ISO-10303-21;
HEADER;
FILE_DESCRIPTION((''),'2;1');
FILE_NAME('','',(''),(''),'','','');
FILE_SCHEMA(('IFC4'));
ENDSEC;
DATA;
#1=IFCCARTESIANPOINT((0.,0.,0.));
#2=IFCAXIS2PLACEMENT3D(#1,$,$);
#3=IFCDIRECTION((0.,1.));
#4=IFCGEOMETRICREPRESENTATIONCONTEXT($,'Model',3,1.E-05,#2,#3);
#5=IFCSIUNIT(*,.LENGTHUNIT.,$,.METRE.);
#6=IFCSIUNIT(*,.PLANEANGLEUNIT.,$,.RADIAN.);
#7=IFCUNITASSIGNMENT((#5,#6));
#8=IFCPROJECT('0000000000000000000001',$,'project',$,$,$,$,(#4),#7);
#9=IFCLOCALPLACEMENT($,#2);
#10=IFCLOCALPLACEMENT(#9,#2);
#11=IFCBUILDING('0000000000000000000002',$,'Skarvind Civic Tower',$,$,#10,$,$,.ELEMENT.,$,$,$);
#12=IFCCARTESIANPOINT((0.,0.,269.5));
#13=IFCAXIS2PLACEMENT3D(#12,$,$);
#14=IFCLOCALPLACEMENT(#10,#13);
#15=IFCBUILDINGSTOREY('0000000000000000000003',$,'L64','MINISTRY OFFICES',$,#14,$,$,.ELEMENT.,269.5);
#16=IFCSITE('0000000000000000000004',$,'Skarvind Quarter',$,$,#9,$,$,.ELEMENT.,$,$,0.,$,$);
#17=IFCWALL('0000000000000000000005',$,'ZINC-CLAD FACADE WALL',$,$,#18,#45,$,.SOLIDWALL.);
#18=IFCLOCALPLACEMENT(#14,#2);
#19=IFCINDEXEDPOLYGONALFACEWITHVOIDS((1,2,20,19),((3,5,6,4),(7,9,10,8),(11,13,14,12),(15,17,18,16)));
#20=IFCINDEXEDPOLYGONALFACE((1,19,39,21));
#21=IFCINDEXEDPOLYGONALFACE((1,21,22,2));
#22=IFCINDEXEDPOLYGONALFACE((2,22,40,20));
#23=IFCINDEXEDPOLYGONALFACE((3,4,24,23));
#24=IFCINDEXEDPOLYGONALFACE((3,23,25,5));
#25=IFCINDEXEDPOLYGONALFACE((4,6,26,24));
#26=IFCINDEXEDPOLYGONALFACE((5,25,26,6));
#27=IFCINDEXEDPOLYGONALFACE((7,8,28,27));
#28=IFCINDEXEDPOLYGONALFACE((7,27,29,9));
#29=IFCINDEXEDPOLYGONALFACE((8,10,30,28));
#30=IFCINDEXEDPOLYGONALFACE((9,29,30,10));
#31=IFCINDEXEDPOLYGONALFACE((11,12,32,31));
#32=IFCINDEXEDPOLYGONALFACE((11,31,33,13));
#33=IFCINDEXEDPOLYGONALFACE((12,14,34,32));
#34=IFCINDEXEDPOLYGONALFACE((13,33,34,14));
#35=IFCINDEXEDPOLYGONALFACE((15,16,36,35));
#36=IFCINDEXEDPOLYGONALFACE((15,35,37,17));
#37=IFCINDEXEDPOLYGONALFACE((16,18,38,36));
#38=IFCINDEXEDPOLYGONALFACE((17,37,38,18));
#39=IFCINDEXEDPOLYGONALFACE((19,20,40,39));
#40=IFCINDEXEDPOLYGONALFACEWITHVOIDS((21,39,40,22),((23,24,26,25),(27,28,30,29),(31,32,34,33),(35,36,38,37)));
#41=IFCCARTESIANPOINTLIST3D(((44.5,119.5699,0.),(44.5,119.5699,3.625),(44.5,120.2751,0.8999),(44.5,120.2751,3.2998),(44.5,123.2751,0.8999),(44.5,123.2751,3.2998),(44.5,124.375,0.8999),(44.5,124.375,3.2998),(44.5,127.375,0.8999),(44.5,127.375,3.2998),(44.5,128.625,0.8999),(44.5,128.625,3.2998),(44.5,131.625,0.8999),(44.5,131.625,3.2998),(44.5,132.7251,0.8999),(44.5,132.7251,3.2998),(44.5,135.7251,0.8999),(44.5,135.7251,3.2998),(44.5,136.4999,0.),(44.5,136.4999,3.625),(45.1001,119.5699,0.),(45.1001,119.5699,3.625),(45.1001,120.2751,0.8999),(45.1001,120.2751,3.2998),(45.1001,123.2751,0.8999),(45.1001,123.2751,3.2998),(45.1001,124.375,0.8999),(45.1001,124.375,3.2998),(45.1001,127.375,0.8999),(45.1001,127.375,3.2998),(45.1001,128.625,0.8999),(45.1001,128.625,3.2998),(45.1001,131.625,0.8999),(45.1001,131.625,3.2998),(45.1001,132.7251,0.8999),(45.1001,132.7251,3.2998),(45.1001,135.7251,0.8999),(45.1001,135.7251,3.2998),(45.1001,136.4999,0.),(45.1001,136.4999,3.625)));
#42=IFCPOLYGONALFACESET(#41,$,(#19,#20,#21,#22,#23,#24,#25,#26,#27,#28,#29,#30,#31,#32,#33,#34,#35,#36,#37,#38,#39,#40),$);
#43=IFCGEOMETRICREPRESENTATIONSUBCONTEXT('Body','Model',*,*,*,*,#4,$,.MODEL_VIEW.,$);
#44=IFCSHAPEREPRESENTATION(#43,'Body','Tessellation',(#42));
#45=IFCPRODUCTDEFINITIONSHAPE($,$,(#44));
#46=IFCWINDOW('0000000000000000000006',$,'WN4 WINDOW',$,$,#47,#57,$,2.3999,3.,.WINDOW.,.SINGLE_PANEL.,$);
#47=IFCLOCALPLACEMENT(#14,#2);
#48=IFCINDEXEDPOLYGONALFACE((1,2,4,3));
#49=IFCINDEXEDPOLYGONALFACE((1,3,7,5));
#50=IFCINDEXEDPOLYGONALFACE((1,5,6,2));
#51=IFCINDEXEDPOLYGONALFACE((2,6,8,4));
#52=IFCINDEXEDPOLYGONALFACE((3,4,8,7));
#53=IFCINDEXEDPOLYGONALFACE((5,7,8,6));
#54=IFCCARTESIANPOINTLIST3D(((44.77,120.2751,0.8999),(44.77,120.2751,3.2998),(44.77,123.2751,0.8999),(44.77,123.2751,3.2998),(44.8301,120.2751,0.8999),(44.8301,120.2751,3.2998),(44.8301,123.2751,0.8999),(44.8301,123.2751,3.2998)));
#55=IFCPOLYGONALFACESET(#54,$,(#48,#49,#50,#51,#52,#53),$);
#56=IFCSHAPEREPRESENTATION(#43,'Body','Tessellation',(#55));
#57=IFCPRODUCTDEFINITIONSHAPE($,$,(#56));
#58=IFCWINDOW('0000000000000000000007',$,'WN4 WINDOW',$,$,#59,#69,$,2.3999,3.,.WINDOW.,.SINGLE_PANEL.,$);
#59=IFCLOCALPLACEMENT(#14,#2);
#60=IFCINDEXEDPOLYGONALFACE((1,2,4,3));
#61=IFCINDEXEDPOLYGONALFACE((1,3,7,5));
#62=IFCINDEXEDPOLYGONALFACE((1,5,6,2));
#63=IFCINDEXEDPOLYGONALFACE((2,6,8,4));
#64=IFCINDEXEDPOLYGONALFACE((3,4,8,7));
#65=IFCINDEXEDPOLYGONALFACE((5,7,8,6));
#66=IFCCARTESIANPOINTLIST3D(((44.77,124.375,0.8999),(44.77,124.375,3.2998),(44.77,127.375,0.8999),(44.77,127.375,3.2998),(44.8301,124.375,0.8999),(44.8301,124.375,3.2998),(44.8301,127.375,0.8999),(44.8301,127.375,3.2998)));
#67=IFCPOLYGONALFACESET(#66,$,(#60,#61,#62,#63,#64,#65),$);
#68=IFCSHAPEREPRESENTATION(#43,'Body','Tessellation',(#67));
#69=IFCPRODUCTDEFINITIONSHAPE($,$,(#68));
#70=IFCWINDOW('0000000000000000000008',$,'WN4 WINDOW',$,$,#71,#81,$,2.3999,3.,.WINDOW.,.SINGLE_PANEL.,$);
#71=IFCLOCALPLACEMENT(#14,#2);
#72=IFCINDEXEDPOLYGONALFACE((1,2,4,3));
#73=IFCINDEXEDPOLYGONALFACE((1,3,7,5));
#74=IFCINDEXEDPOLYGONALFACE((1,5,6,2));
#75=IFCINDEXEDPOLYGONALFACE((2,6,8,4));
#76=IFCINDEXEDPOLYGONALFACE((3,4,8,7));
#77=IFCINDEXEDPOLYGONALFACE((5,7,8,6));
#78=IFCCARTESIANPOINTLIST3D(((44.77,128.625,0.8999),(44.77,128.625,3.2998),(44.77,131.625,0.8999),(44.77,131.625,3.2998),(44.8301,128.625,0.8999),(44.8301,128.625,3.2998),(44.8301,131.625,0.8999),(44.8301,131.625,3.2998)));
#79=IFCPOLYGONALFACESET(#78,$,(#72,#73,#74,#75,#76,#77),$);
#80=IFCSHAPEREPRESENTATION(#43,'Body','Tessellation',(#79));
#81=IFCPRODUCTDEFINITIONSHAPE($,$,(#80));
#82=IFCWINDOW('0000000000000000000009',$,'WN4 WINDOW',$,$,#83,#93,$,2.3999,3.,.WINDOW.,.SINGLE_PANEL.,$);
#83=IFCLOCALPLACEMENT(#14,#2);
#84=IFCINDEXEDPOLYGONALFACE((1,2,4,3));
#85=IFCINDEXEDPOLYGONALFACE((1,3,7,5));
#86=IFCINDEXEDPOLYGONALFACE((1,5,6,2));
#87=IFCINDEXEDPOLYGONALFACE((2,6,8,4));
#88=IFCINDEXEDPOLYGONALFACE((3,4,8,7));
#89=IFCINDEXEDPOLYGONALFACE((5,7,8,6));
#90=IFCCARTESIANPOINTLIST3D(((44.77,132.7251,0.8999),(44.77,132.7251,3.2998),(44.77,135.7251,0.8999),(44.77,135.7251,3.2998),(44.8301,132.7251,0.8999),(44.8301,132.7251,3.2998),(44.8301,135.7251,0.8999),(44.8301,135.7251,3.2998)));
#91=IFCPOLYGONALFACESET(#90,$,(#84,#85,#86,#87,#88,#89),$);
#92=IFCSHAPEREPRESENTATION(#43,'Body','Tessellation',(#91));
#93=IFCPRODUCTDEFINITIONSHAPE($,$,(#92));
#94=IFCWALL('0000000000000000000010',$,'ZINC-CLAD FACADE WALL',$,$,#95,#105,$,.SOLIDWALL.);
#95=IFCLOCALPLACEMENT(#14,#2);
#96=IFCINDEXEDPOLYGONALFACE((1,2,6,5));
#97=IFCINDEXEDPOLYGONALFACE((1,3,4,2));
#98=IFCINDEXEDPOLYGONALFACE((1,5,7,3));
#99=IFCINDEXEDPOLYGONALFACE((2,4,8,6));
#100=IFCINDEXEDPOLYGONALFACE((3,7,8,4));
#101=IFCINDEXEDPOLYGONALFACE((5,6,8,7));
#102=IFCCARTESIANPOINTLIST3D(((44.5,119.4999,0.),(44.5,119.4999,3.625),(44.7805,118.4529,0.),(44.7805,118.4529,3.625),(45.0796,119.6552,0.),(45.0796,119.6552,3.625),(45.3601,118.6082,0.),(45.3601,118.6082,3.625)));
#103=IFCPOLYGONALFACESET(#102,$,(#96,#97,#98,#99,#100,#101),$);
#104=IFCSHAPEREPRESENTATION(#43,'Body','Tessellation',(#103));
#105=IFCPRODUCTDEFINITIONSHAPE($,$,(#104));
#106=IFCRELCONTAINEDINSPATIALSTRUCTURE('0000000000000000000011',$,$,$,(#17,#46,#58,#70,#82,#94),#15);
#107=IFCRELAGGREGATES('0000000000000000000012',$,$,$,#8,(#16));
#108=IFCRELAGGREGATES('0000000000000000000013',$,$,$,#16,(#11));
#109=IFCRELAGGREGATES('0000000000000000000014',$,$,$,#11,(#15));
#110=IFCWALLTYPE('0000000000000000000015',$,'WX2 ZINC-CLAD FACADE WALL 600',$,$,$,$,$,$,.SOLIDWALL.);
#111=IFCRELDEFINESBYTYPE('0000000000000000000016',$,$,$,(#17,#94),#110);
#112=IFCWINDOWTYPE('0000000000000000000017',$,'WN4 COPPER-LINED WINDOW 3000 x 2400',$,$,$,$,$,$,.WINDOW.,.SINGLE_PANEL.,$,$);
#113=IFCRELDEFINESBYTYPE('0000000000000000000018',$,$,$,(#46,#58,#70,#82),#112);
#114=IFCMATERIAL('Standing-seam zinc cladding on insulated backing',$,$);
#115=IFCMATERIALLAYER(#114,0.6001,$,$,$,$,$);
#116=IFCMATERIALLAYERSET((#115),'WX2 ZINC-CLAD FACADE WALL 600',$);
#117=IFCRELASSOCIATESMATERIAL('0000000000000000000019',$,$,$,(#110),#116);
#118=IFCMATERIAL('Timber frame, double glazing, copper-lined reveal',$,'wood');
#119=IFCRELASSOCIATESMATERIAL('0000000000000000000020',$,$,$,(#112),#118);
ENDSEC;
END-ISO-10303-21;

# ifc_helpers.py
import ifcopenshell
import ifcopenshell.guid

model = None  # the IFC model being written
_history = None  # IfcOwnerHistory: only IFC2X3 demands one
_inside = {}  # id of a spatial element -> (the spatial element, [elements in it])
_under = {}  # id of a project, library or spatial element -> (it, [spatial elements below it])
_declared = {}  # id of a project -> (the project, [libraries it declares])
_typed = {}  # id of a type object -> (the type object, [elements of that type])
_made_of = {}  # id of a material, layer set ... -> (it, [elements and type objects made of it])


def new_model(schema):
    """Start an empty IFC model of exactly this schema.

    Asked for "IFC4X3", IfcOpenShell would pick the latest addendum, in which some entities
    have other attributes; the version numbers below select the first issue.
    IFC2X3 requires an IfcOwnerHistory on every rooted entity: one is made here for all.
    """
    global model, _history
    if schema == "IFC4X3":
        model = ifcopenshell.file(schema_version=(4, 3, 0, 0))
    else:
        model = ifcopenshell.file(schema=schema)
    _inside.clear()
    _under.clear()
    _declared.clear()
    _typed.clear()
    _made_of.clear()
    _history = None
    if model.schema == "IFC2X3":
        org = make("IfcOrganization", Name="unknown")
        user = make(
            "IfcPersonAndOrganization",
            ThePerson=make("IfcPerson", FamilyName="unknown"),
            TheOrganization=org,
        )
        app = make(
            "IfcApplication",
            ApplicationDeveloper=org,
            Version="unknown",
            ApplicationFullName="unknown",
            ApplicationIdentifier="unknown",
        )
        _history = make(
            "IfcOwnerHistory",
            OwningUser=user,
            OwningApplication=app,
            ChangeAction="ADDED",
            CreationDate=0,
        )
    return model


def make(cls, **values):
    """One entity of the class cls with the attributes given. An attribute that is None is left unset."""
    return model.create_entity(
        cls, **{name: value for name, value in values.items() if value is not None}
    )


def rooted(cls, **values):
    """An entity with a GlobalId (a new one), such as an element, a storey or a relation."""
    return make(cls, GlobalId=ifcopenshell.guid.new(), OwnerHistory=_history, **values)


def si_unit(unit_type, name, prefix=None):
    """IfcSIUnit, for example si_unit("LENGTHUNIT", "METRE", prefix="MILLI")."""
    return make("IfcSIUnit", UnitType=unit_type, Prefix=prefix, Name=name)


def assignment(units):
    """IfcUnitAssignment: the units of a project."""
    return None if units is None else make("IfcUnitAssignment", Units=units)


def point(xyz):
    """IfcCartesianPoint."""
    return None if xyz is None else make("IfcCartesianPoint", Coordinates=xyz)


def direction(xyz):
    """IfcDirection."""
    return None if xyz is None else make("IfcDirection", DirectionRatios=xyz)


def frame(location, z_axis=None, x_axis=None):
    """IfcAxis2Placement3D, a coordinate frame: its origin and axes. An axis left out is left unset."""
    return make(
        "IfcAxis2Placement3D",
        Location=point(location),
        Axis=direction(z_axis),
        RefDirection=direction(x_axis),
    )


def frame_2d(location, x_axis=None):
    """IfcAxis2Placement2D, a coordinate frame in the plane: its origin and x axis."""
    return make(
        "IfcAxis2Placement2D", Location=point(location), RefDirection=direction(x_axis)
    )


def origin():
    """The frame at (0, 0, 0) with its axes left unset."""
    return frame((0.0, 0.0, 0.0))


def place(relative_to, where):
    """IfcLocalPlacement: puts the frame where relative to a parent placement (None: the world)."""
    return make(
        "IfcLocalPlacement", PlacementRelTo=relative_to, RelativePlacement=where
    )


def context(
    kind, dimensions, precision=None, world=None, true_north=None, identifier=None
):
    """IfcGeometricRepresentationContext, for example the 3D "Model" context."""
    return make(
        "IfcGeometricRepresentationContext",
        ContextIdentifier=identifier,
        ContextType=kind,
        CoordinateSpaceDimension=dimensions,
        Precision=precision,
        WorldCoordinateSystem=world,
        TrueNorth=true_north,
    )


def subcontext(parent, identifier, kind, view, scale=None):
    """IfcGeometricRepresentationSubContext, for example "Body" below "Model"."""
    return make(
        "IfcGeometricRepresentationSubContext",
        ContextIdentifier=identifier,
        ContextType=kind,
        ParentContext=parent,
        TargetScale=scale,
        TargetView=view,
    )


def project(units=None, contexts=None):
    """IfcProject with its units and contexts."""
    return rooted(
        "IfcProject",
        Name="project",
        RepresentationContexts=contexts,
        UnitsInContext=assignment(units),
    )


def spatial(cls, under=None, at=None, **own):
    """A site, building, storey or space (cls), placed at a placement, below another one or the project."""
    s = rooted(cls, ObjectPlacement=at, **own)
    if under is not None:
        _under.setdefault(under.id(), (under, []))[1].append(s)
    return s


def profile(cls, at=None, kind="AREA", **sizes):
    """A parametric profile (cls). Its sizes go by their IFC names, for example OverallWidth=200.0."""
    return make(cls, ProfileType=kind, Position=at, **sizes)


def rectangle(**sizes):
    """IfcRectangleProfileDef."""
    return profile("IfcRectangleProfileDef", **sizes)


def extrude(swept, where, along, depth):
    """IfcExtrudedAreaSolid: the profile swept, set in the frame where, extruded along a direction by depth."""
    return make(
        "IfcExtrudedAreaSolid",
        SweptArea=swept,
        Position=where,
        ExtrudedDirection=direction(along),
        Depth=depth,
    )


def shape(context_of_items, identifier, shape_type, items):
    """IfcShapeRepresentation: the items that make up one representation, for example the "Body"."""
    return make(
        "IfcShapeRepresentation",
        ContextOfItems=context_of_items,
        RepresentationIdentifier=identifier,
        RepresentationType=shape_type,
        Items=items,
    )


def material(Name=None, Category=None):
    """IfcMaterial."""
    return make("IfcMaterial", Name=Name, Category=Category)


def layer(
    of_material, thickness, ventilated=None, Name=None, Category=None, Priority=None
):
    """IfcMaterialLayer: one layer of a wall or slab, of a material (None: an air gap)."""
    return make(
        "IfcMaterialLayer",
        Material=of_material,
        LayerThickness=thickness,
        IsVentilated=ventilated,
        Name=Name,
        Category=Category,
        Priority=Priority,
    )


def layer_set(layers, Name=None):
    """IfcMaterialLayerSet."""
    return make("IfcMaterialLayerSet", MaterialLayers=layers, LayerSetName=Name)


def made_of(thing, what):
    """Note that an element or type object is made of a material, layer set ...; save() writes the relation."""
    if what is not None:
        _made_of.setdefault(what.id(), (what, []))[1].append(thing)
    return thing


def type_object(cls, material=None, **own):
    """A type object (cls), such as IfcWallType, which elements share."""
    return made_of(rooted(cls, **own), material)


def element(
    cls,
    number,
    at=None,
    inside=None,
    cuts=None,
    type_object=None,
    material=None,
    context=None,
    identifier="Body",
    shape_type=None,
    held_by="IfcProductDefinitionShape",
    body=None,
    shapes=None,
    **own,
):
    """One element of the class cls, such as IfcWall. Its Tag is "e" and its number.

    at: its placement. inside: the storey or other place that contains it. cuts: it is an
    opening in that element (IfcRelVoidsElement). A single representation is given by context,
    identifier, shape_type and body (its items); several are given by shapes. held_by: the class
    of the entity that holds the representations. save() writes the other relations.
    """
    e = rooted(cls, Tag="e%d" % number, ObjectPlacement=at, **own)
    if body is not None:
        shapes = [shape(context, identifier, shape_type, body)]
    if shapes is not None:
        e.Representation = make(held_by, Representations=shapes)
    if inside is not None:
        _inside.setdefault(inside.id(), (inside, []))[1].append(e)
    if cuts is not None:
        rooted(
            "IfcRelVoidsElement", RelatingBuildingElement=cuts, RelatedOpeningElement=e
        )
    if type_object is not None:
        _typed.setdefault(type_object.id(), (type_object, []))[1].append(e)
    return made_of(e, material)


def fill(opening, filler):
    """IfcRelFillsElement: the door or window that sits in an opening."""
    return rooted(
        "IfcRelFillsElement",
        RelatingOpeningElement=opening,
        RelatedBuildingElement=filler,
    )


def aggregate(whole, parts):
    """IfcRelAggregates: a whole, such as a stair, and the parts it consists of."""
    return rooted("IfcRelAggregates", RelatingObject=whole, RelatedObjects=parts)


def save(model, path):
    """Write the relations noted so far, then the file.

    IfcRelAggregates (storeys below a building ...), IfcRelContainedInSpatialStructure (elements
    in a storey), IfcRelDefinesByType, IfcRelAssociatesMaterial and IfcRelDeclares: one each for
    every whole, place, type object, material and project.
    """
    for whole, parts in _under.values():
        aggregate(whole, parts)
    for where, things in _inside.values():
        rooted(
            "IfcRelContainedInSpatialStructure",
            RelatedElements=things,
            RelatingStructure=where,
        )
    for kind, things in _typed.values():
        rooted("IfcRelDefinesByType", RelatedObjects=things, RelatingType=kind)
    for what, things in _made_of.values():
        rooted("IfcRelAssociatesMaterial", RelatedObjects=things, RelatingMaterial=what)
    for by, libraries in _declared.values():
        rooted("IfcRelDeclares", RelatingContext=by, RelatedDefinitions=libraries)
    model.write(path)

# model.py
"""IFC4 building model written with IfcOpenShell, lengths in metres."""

from ifc_helpers import new_model, si_unit, direction, frame, frame_2d, origin, place, context, subcontext, project, spatial, rectangle, extrude, material, layer, layer_set, type_object, element, fill, save


model = new_model("IFC4")

# Units and contexts
model_context = context("Model", 3, precision=1e-05, world=origin(), true_north=direction((0.0, 1.0)))
body_context = subcontext(model_context, "Body", "Model", "MODEL_VIEW")
ifc_project = project(units=[si_unit("LENGTHUNIT", "METRE"), si_unit("PLANEANGLEUNIT", "RADIAN")], contexts=[model_context])

# Site, building, storey
site_placement = place(None, origin())
site = spatial("IfcSite", under=ifc_project, at=site_placement, Name="Skarvind Quarter", CompositionType="ELEMENT", RefElevation=0.0)
building_placement = place(site_placement, origin())
building = spatial("IfcBuilding", under=site, at=building_placement, Name="Skarvind Civic Tower", CompositionType="ELEMENT")
storey_placement = place(building_placement, frame((0.0, 0.0, 269.5)))
storey = spatial("IfcBuildingStorey", under=building, at=storey_placement, Name="L64", Description="MINISTRY OFFICES", CompositionType="ELEMENT", Elevation=269.5)

# Wall, openings, windows
ifc_material_1 = material(Name="Standing-seam zinc cladding on insulated backing")
ifc_layer_1 = layer(ifc_material_1, 0.6001)
ifc_layer_set_1 = layer_set([ifc_layer_1], Name="WX2 ZINC-CLAD FACADE WALL 600")
wall_type_1 = type_object("IfcWallType", Name="WX2 ZINC-CLAD FACADE WALL 600", PredefinedType="SOLIDWALL", material=ifc_layer_set_1)
wall_1_placement = place(storey_placement, frame((44.8, 119.5701, 0.0), z_axis=(0.0, 0.0, 1.0), x_axis=(0.0, 1.0, 0.0)))
wall_1 = element("IfcWall", 1, at=wall_1_placement, inside=storey, type_object=wall_type_1, Name="ZINC-CLAD FACADE WALL", PredefinedType="SOLIDWALL", context=body_context, shape_type="SweptSolid", body=[
    extrude(rectangle(XDim=16.9299, YDim=0.6001, at=frame_2d((8.4648, 0.0))), origin(), (0.0, 0.0, 1.0), 3.625),
])
opening_1_placement = place(wall_1_placement, frame((0.7051, 0.0, 0.8999)))
opening_1 = element("IfcOpeningElement", 2, at=opening_1_placement, cuts=wall_1, PredefinedType="OPENING", context=body_context, shape_type="SweptSolid", body=[
    extrude(rectangle(XDim=3.0, YDim=2.3999, at=frame_2d((1.5, 1.2))), frame((0.0, 0.3101, 0.0), z_axis=(0.0, -1.0, 0.0), x_axis=(1.0, 0.0, 0.0)), (0.0, 0.0, 1.0), 0.6201),
])
opening_2_placement = place(wall_1_placement, frame((4.8049, 0.0, 0.8999)))
opening_2 = element("IfcOpeningElement", 3, at=opening_2_placement, cuts=wall_1, PredefinedType="OPENING", context=body_context, shape_type="SweptSolid", body=[
    extrude(rectangle(XDim=3.0, YDim=2.3999, at=frame_2d((1.5, 1.2))), frame((0.0, 0.3101, 0.0), z_axis=(0.0, -1.0, 0.0), x_axis=(1.0, 0.0, 0.0)), (0.0, 0.0, 1.0), 0.6201),
])
opening_3_placement = place(wall_1_placement, frame((9.0549, 0.0, 0.8999)))
opening_3 = element("IfcOpeningElement", 4, at=opening_3_placement, cuts=wall_1, PredefinedType="OPENING", context=body_context, shape_type="SweptSolid", body=[
    extrude(rectangle(XDim=3.0, YDim=2.3999, at=frame_2d((1.5, 1.2))), frame((0.0, 0.3101, 0.0), z_axis=(0.0, -1.0, 0.0), x_axis=(1.0, 0.0, 0.0)), (0.0, 0.0, 1.0), 0.6201),
])
opening_4_placement = place(wall_1_placement, frame((13.155, 0.0, 0.8999)))
opening_4 = element("IfcOpeningElement", 5, at=opening_4_placement, cuts=wall_1, PredefinedType="OPENING", context=body_context, shape_type="SweptSolid", body=[
    extrude(rectangle(XDim=3.0, YDim=2.3999, at=frame_2d((1.5, 1.2))), frame((0.0, 0.3101, 0.0), z_axis=(0.0, -1.0, 0.0), x_axis=(1.0, 0.0, 0.0)), (0.0, 0.0, 1.0), 0.6201),
])
ifc_material_2 = material(Name="Timber frame, double glazing, copper-lined reveal", Category="wood")
window_type = type_object("IfcWindowType", Name="WN4 COPPER-LINED WINDOW 3000 x 2400", PartitioningType="SINGLE_PANEL", PredefinedType="WINDOW", material=ifc_material_2)
window_1_placement = place(opening_1_placement, origin())
window_1 = element("IfcWindow", 6, at=window_1_placement, inside=storey, type_object=window_type, Name="WN4 WINDOW", OverallHeight=2.3999, OverallWidth=3.0, PartitioningType="SINGLE_PANEL", PredefinedType="WINDOW", context=body_context, shape_type="SweptSolid", body=[
    extrude(rectangle(XDim=3.0, YDim=2.3999, at=frame_2d((1.5, 1.2))), frame((0.0, 0.03, 0.0), z_axis=(0.0, -1.0, 0.0), x_axis=(1.0, 0.0, 0.0)), (0.0, 0.0, 1.0), 0.0601),
])
fill(opening_1, window_1)
window_2_placement = place(opening_2_placement, origin())
window_2 = element("IfcWindow", 7, at=window_2_placement, inside=storey, type_object=window_type, Name="WN4 WINDOW", OverallHeight=2.3999, OverallWidth=3.0, PartitioningType="SINGLE_PANEL", PredefinedType="WINDOW", context=body_context, shape_type="SweptSolid", body=[
    extrude(rectangle(XDim=3.0, YDim=2.3999, at=frame_2d((1.5, 1.2))), frame((0.0, 0.03, 0.0), z_axis=(0.0, -1.0, 0.0), x_axis=(1.0, 0.0, 0.0)), (0.0, 0.0, 1.0), 0.0601),
])
fill(opening_2, window_2)
window_3_placement = place(opening_3_placement, origin())
window_3 = element("IfcWindow", 8, at=window_3_placement, inside=storey, type_object=window_type, Name="WN4 WINDOW", OverallHeight=2.3999, OverallWidth=3.0, PartitioningType="SINGLE_PANEL", PredefinedType="WINDOW", context=body_context, shape_type="SweptSolid", body=[
    extrude(rectangle(XDim=3.0, YDim=2.3999, at=frame_2d((1.5, 1.2))), frame((0.0, 0.03, 0.0), z_axis=(0.0, -1.0, 0.0), x_axis=(1.0, 0.0, 0.0)), (0.0, 0.0, 1.0), 0.0601),
])
fill(opening_3, window_3)
window_4_placement = place(opening_4_placement, origin())
window_4 = element("IfcWindow", 9, at=window_4_placement, inside=storey, type_object=window_type, Name="WN4 WINDOW", OverallHeight=2.3999, OverallWidth=3.0, PartitioningType="SINGLE_PANEL", PredefinedType="WINDOW", context=body_context, shape_type="SweptSolid", body=[
    extrude(rectangle(XDim=3.0, YDim=2.3999, at=frame_2d((1.5, 1.2))), frame((0.0, 0.03, 0.0), z_axis=(0.0, -1.0, 0.0), x_axis=(1.0, 0.0, 0.0)), (0.0, 0.0, 1.0), 0.0601),
])
fill(opening_4, window_4)

# Wall
wall_2_placement = place(storey_placement, frame((45.0703, 118.5305, 0.0), z_axis=(0.0, 0.0, 1.0), x_axis=(-0.25877, 0.965939, 0.0)))
element("IfcWall", 10, at=wall_2_placement, inside=storey, type_object=wall_type_1, Name="ZINC-CLAD FACADE WALL", PredefinedType="SOLIDWALL", context=body_context, shape_type="SweptSolid", body=[
    extrude(rectangle(XDim=1.084, YDim=0.6001, at=frame_2d((0.542, 0.0))), origin(), (0.0, 0.0, 1.0), 3.625),
])

save(model, "model.ifc")
